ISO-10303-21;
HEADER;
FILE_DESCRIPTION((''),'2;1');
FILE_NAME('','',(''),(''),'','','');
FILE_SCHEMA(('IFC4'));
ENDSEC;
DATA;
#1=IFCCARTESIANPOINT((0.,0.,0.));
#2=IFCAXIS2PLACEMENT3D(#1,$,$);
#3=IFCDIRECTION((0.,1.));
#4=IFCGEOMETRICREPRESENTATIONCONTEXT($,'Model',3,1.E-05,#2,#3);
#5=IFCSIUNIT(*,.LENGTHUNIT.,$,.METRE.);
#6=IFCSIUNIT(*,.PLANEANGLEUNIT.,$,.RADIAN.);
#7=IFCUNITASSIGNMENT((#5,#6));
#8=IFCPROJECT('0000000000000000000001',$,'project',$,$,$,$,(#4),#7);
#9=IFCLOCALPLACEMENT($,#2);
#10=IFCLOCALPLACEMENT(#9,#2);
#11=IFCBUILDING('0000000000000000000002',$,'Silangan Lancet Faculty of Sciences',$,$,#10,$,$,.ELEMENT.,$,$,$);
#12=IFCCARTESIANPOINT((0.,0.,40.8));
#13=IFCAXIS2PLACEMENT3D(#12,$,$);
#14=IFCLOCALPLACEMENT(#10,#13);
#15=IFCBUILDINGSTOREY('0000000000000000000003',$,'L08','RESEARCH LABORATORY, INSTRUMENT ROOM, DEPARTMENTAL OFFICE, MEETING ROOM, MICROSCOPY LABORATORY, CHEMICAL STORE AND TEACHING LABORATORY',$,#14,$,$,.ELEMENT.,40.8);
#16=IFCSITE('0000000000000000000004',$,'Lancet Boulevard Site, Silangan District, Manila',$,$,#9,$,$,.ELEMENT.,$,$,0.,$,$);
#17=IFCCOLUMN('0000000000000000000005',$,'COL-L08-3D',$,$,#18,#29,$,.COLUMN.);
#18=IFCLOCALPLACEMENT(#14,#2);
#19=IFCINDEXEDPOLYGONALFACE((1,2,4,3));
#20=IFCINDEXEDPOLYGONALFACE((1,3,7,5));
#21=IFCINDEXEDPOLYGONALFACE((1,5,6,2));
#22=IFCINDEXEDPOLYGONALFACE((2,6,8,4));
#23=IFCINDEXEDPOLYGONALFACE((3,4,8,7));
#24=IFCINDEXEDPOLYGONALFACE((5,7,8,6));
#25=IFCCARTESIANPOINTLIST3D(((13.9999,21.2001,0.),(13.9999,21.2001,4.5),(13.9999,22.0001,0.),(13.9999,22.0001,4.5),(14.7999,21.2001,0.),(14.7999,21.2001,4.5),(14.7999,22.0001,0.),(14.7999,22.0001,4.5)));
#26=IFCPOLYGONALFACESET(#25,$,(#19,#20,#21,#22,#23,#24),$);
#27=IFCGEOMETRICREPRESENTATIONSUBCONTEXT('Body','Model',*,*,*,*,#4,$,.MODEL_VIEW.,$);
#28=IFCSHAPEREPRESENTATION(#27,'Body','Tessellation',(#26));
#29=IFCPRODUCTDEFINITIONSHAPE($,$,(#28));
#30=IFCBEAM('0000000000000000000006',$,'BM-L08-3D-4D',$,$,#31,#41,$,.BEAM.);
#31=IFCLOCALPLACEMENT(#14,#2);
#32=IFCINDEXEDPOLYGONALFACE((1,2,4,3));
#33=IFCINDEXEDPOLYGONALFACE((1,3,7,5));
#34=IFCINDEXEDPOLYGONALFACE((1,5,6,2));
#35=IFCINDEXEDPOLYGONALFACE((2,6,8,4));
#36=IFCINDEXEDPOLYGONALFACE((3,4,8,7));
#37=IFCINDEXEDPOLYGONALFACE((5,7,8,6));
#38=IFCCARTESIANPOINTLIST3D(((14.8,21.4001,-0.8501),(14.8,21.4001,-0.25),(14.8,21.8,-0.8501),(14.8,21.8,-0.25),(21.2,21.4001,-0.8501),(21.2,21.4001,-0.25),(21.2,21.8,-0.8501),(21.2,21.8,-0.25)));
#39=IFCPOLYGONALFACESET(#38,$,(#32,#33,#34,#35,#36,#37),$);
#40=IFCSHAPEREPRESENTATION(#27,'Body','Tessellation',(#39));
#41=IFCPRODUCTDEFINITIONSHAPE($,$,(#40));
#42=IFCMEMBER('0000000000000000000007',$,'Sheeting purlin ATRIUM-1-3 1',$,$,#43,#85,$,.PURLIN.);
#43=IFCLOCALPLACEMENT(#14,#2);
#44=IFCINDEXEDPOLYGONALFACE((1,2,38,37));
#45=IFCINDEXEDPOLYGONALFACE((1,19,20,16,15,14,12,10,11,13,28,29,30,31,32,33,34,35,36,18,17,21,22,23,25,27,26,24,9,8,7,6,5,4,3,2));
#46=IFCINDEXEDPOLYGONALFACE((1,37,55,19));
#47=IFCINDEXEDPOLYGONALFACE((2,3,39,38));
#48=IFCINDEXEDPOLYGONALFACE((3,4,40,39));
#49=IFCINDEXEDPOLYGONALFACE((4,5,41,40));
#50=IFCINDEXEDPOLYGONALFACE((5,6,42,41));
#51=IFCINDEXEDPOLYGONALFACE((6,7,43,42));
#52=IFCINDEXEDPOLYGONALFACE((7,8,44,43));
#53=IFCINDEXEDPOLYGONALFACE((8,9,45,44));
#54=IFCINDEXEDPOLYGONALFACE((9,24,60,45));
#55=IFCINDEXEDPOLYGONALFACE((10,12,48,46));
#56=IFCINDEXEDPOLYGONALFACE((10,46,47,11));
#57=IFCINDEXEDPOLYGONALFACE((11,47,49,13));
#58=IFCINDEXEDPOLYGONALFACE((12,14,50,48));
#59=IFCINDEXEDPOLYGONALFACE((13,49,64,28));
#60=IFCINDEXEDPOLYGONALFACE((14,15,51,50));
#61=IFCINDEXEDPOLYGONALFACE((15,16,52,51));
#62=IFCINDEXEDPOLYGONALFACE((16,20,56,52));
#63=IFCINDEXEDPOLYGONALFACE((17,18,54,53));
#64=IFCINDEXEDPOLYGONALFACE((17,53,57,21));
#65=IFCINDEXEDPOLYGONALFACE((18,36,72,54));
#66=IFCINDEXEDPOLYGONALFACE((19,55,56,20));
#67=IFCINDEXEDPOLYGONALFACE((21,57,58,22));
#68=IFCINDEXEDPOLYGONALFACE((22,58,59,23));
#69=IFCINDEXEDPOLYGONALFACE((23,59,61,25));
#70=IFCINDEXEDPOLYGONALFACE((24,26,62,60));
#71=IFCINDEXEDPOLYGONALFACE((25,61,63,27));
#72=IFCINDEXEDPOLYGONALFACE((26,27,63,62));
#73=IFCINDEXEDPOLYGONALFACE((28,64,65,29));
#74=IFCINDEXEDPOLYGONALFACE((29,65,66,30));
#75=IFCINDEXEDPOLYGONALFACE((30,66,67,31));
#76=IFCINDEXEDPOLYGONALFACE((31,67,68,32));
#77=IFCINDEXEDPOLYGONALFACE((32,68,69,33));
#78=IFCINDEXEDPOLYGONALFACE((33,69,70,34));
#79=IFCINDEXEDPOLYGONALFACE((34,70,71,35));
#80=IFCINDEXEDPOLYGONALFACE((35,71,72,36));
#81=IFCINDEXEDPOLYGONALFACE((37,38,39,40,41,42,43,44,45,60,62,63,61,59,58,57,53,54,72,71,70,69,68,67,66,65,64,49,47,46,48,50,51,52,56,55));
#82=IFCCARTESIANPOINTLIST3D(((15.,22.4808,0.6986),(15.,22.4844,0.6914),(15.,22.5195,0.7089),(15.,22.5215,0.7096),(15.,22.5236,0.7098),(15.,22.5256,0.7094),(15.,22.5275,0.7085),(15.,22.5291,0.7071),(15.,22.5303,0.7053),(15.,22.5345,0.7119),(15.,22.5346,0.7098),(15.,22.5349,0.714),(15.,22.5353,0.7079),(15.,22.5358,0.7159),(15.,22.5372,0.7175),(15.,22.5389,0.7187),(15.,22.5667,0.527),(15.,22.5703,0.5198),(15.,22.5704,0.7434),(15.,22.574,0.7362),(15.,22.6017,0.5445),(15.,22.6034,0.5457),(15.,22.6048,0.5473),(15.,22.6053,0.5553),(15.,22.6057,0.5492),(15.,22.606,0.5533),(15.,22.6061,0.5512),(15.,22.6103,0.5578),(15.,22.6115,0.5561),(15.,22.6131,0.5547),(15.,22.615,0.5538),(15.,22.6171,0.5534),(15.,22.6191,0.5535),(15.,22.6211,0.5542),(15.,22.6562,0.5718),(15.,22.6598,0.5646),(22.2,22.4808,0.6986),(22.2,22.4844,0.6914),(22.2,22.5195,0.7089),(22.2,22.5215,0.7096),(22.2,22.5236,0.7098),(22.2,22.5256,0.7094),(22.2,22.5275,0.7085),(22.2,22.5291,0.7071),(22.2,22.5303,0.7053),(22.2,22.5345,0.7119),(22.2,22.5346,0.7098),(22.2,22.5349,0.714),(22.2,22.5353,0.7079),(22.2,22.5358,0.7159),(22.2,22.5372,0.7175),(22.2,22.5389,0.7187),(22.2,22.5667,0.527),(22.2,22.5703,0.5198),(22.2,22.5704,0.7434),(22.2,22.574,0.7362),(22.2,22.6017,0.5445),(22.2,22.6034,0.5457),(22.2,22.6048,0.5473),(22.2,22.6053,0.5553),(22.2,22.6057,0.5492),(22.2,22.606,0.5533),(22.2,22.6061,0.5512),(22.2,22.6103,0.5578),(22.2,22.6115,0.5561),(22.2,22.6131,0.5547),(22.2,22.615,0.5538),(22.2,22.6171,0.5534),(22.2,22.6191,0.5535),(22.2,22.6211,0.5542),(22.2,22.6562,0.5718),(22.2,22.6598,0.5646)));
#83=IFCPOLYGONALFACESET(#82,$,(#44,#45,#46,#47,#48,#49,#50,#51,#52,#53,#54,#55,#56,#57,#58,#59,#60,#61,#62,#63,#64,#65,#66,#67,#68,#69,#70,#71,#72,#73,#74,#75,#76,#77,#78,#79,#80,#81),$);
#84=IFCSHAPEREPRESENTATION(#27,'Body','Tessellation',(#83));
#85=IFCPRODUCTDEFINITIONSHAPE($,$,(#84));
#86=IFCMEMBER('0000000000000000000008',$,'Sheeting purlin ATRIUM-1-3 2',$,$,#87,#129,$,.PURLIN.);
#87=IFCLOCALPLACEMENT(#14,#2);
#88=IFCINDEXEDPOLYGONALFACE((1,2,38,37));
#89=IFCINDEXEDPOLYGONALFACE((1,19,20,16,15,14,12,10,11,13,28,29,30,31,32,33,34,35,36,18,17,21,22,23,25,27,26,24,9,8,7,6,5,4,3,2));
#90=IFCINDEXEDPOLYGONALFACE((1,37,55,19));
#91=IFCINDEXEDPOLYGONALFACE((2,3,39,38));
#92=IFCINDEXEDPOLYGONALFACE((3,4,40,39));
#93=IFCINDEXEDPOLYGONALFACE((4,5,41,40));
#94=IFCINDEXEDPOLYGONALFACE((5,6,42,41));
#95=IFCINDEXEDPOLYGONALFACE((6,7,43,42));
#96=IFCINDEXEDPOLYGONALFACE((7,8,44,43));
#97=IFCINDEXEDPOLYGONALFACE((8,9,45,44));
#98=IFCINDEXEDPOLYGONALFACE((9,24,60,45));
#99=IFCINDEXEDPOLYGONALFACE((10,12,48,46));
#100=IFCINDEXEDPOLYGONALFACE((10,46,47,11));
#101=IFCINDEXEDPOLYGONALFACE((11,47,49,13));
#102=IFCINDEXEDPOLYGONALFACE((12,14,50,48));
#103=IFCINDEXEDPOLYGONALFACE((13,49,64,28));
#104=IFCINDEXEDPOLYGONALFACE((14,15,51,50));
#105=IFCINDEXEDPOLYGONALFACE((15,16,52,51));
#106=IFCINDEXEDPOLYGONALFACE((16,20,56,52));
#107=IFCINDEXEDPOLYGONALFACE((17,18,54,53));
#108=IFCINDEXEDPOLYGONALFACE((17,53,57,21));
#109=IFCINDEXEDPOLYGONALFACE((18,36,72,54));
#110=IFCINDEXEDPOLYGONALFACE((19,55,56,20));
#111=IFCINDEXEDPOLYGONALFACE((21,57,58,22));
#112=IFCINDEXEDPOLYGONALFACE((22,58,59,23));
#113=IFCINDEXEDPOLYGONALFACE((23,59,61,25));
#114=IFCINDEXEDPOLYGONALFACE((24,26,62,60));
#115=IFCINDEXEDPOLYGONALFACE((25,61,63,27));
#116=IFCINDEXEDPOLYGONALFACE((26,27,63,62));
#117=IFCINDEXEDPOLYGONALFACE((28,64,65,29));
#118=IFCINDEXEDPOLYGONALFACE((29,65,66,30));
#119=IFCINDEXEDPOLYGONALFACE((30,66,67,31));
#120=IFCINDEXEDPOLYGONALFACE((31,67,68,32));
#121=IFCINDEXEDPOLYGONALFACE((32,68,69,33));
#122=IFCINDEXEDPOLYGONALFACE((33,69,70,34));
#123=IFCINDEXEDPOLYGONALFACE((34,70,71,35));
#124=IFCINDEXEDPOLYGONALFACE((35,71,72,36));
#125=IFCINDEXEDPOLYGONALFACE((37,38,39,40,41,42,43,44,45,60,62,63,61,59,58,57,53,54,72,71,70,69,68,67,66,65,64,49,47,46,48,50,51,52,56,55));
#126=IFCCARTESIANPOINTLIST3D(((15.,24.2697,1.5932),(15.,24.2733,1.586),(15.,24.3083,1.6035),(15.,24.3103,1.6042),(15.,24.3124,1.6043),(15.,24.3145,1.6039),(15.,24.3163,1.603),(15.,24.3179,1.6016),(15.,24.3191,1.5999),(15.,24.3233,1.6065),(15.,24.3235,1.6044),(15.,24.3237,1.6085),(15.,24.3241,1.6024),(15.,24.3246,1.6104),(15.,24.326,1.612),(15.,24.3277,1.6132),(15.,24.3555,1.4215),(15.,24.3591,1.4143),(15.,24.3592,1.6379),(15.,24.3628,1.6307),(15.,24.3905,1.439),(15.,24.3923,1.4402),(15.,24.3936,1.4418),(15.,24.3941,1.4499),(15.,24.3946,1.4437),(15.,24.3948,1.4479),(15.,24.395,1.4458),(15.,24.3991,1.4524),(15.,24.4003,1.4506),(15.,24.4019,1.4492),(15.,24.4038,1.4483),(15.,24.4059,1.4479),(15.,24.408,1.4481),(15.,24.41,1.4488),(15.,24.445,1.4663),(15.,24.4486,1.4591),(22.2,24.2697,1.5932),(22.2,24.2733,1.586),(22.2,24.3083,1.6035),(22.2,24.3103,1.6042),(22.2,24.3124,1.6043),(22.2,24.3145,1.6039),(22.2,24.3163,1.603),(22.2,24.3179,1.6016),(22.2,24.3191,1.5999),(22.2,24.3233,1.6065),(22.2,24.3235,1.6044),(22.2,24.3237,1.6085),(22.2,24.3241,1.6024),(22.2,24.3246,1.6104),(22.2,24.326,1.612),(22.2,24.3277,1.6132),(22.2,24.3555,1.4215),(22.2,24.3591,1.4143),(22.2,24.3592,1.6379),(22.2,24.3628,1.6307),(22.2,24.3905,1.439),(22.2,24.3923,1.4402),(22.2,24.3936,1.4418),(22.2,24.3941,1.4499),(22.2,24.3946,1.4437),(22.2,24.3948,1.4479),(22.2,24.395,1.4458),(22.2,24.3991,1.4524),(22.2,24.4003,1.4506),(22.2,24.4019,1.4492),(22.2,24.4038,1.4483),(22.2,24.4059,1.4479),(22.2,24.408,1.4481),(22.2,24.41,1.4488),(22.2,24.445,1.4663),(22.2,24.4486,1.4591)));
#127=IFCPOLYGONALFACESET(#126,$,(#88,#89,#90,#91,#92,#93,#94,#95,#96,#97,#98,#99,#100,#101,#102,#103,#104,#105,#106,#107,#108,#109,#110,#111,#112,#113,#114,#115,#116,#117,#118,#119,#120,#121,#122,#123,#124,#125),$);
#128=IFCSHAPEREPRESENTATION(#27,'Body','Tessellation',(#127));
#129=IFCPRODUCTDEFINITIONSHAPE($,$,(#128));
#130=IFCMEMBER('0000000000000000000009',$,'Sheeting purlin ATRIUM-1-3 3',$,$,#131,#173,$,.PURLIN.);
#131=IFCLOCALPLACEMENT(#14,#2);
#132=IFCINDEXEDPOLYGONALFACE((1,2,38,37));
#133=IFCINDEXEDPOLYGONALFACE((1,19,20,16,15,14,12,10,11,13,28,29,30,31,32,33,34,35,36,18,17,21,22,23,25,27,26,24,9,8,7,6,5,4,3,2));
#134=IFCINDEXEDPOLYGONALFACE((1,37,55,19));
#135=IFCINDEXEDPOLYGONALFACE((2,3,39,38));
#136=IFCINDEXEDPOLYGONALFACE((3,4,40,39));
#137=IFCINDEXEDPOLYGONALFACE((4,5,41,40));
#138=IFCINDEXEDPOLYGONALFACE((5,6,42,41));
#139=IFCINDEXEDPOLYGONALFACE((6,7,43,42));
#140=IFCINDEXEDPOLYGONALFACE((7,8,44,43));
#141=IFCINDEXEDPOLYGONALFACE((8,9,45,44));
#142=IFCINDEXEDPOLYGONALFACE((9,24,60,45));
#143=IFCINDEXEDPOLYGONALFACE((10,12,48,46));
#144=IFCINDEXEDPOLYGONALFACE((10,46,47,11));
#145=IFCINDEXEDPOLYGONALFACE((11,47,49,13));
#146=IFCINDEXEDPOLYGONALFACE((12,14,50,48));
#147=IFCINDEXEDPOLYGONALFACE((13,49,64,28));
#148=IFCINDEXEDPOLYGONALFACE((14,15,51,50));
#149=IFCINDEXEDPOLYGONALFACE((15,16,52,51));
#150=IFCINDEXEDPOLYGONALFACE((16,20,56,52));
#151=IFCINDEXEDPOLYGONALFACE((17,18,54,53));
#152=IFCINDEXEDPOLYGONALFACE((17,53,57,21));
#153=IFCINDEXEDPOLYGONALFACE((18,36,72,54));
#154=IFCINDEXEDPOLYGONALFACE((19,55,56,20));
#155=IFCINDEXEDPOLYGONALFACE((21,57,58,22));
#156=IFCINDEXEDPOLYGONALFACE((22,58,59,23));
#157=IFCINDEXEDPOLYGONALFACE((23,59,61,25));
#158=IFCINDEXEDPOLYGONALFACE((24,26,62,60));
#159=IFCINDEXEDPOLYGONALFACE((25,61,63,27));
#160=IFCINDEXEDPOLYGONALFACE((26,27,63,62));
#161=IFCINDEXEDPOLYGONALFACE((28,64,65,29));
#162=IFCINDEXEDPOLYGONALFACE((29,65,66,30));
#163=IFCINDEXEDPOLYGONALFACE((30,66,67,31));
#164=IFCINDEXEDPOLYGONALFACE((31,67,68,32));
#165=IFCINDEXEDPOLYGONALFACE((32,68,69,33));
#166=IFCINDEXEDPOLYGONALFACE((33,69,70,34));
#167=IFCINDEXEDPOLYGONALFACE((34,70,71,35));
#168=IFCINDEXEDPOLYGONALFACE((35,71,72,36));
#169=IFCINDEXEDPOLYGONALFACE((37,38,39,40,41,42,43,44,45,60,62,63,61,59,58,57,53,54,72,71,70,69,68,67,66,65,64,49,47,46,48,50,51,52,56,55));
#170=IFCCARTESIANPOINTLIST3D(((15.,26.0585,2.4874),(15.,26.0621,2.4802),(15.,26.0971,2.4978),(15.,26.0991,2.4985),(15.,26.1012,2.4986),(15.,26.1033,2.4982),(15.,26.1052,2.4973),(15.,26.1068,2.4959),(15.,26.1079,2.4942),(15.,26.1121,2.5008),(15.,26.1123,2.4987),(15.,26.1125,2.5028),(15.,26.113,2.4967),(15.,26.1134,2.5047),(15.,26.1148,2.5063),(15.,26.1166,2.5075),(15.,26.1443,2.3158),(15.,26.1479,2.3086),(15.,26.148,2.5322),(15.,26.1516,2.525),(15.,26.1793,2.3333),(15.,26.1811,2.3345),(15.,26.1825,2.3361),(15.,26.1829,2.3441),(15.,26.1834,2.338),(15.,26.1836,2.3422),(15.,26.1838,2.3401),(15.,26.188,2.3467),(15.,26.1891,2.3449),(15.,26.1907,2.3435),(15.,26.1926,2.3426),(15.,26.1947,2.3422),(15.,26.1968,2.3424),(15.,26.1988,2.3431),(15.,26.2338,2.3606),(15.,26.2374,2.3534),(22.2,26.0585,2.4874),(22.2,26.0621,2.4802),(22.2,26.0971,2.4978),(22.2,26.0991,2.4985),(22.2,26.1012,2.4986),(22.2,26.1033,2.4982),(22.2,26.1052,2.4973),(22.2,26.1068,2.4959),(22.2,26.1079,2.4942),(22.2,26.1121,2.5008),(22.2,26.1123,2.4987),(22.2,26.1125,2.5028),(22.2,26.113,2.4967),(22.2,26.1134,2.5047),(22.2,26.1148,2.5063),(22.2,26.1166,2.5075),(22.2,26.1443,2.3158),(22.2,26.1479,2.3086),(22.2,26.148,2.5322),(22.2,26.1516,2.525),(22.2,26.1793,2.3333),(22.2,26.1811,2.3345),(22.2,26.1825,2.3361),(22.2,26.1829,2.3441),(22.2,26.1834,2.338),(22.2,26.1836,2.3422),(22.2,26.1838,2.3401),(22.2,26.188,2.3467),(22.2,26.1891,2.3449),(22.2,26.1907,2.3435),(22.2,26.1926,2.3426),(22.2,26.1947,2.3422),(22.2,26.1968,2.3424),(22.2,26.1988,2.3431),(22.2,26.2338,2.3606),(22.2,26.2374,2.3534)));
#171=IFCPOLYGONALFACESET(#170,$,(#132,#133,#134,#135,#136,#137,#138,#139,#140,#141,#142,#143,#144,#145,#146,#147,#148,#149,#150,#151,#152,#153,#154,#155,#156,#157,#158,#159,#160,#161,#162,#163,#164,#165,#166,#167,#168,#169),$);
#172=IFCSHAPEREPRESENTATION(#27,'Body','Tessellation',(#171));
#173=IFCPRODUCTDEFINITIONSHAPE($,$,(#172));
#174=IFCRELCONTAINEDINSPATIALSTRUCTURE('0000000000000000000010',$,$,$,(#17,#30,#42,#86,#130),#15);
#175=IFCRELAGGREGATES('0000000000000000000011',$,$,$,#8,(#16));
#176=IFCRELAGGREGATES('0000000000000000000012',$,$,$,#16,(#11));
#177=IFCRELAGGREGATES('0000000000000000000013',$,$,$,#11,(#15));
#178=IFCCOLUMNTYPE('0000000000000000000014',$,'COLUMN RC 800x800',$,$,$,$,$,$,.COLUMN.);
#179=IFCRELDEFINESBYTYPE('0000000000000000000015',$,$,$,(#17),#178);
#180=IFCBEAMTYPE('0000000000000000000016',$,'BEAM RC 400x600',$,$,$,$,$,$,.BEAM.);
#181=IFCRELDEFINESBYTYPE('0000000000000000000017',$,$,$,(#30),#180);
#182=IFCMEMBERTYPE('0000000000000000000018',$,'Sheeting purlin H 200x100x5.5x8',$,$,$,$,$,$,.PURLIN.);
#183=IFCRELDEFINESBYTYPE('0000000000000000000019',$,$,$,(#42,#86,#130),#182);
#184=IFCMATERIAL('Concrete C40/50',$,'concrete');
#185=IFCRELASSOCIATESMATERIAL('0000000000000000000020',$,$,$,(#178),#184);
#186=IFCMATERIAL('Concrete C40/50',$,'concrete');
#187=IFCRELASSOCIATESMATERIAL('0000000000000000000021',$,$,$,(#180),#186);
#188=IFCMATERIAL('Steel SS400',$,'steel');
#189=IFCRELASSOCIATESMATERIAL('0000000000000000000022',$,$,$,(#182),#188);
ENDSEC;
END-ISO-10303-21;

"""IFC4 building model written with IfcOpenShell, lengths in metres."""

from ifc_helpers import new_model, si_unit, direction, frame, origin, origin_2d, place, context, subcontext, project, spatial, rectangle, i_section, extrude, material, material_profile, profile_set, type_object, element, save


model = new_model("IFC4")

# Units and contexts
model_context = context("Model", 3, precision=1e-05, world=origin(), true_north=direction((0.0, 1.0)))
body_context = subcontext(model_context, "Body", "Model", "MODEL_VIEW")
ifc_project = project(units=[si_unit("LENGTHUNIT", "METRE"), si_unit("PLANEANGLEUNIT", "RADIAN")], contexts=[model_context])

# Site, building, storey
site_placement = place(None, origin())
site = spatial("IfcSite", under=ifc_project, at=site_placement, Name="Lancet Boulevard Site, Silangan District, Manila", CompositionType="ELEMENT", RefElevation=0.0)
building_placement = place(site_placement, origin())
building = spatial("IfcBuilding", under=site, at=building_placement, Name="Silangan Lancet Faculty of Sciences", CompositionType="ELEMENT")
storey_placement = place(building_placement, frame((0.0, 0.0, 40.8)))
storey = spatial("IfcBuildingStorey", under=building, at=storey_placement, Name="L08", Description="RESEARCH LABORATORY, INSTRUMENT ROOM, DEPARTMENTAL OFFICE, MEETING ROOM, MICROSCOPY LABORATORY, CHEMICAL STORE AND TEACHING LABORATORY", CompositionType="ELEMENT", Elevation=40.8)

# Column
ifc_material_1 = material(Name="Concrete C40/50", Category="concrete")
ifc_material_profile_1 = material_profile(ifc_material_1, rectangle(XDim=0.8, YDim=0.8, at=origin_2d()), Name="RC 800x800")
ifc_profile_set_1 = profile_set([ifc_material_profile_1], Name="Concrete C40/50")
column_type = type_object("IfcColumnType", Name="COLUMN RC 800x800", PredefinedType="COLUMN", material=ifc_profile_set_1)
column_placement = place(storey_placement, frame((14.3999, 21.6001, 0.0), z_axis=(0.0, 0.0, 1.0), x_axis=(1.0, 0.0, 0.0)))
element("IfcColumn", 1, at=column_placement, inside=storey, type_object=column_type, Name="COL-L08-3D", PredefinedType="COLUMN", context=body_context, shape_type="SweptSolid", body=[
    extrude(rectangle(XDim=0.8, YDim=0.8, at=origin_2d()), origin(), (0.0, 0.0, 1.0), 4.5),
])

# Beam
ifc_material_2 = material(Name="Concrete C40/50", Category="concrete")
ifc_material_profile_2 = material_profile(ifc_material_2, rectangle(XDim=0.3999, YDim=0.6001, at=origin_2d()), Name="RC 400x600")
ifc_profile_set_2 = profile_set([ifc_material_profile_2], Name="Concrete C40/50")
beam_type = type_object("IfcBeamType", Name="BEAM RC 400x600", PredefinedType="BEAM", material=ifc_profile_set_2)
beam_placement = place(storey_placement, frame((14.8, 21.6001, -0.55), z_axis=(1.0, 0.0, 0.0), x_axis=(0.0, 1.0, 0.0)))
element("IfcBeam", 2, at=beam_placement, inside=storey, type_object=beam_type, Name="BM-L08-3D-4D", PredefinedType="BEAM", context=body_context, shape_type="SweptSolid", body=[
    extrude(rectangle(XDim=0.3999, YDim=0.6001, at=origin_2d()), origin(), (0.0, 0.0, 1.0), 6.3999),
])

# Members
ifc_material_3 = material(Name="Steel SS400", Category="steel")
ifc_material_profile_3 = material_profile(ifc_material_3, i_section(OverallWidth=0.1001, OverallDepth=0.2, WebThickness=0.0056, FlangeThickness=0.0081, FilletRadius=0.0081, at=origin_2d()), Name="H 200x100x5.5x8")
ifc_profile_set_3 = profile_set([ifc_material_profile_3], Name="Steel SS400")
member_type_1 = type_object("IfcMemberType", Name="Sheeting purlin H 200x100x5.5x8", PredefinedType="PURLIN", material=ifc_profile_set_3)
for number, where, z_axis, x_axis, name in (
    (3, (15.0, 22.5703, 0.6316), (1.0, 0.0, 0.0), (0.0, 0.894427, 0.447214), "Sheeting purlin ATRIUM-1-3 1"),
    (4, (15.0, 24.3591, 1.5261), (1.0, 0.0, 0.0), (0.0, 0.894427, 0.447214), "Sheeting purlin ATRIUM-1-3 2"),
    (5, (15.0, 26.1479, 2.4204), (1.0, 0.0, 0.0), (0.0, 0.894427, 0.447214), "Sheeting purlin ATRIUM-1-3 3"),
):
    element("IfcMember", number, at=place(storey_placement, frame(where, z_axis=z_axis, x_axis=x_axis)), inside=storey, type_object=member_type_1, Name=name, PredefinedType="PURLIN", context=body_context, shape_type="SweptSolid", body=[
        extrude(i_section(OverallWidth=0.1001, OverallDepth=0.2, WebThickness=0.0056, FlangeThickness=0.0081, FilletRadius=0.0081, at=origin_2d()), origin(), (0.0, 0.0, 1.0), 7.2),
    ])

save(model, "model.ifc")
